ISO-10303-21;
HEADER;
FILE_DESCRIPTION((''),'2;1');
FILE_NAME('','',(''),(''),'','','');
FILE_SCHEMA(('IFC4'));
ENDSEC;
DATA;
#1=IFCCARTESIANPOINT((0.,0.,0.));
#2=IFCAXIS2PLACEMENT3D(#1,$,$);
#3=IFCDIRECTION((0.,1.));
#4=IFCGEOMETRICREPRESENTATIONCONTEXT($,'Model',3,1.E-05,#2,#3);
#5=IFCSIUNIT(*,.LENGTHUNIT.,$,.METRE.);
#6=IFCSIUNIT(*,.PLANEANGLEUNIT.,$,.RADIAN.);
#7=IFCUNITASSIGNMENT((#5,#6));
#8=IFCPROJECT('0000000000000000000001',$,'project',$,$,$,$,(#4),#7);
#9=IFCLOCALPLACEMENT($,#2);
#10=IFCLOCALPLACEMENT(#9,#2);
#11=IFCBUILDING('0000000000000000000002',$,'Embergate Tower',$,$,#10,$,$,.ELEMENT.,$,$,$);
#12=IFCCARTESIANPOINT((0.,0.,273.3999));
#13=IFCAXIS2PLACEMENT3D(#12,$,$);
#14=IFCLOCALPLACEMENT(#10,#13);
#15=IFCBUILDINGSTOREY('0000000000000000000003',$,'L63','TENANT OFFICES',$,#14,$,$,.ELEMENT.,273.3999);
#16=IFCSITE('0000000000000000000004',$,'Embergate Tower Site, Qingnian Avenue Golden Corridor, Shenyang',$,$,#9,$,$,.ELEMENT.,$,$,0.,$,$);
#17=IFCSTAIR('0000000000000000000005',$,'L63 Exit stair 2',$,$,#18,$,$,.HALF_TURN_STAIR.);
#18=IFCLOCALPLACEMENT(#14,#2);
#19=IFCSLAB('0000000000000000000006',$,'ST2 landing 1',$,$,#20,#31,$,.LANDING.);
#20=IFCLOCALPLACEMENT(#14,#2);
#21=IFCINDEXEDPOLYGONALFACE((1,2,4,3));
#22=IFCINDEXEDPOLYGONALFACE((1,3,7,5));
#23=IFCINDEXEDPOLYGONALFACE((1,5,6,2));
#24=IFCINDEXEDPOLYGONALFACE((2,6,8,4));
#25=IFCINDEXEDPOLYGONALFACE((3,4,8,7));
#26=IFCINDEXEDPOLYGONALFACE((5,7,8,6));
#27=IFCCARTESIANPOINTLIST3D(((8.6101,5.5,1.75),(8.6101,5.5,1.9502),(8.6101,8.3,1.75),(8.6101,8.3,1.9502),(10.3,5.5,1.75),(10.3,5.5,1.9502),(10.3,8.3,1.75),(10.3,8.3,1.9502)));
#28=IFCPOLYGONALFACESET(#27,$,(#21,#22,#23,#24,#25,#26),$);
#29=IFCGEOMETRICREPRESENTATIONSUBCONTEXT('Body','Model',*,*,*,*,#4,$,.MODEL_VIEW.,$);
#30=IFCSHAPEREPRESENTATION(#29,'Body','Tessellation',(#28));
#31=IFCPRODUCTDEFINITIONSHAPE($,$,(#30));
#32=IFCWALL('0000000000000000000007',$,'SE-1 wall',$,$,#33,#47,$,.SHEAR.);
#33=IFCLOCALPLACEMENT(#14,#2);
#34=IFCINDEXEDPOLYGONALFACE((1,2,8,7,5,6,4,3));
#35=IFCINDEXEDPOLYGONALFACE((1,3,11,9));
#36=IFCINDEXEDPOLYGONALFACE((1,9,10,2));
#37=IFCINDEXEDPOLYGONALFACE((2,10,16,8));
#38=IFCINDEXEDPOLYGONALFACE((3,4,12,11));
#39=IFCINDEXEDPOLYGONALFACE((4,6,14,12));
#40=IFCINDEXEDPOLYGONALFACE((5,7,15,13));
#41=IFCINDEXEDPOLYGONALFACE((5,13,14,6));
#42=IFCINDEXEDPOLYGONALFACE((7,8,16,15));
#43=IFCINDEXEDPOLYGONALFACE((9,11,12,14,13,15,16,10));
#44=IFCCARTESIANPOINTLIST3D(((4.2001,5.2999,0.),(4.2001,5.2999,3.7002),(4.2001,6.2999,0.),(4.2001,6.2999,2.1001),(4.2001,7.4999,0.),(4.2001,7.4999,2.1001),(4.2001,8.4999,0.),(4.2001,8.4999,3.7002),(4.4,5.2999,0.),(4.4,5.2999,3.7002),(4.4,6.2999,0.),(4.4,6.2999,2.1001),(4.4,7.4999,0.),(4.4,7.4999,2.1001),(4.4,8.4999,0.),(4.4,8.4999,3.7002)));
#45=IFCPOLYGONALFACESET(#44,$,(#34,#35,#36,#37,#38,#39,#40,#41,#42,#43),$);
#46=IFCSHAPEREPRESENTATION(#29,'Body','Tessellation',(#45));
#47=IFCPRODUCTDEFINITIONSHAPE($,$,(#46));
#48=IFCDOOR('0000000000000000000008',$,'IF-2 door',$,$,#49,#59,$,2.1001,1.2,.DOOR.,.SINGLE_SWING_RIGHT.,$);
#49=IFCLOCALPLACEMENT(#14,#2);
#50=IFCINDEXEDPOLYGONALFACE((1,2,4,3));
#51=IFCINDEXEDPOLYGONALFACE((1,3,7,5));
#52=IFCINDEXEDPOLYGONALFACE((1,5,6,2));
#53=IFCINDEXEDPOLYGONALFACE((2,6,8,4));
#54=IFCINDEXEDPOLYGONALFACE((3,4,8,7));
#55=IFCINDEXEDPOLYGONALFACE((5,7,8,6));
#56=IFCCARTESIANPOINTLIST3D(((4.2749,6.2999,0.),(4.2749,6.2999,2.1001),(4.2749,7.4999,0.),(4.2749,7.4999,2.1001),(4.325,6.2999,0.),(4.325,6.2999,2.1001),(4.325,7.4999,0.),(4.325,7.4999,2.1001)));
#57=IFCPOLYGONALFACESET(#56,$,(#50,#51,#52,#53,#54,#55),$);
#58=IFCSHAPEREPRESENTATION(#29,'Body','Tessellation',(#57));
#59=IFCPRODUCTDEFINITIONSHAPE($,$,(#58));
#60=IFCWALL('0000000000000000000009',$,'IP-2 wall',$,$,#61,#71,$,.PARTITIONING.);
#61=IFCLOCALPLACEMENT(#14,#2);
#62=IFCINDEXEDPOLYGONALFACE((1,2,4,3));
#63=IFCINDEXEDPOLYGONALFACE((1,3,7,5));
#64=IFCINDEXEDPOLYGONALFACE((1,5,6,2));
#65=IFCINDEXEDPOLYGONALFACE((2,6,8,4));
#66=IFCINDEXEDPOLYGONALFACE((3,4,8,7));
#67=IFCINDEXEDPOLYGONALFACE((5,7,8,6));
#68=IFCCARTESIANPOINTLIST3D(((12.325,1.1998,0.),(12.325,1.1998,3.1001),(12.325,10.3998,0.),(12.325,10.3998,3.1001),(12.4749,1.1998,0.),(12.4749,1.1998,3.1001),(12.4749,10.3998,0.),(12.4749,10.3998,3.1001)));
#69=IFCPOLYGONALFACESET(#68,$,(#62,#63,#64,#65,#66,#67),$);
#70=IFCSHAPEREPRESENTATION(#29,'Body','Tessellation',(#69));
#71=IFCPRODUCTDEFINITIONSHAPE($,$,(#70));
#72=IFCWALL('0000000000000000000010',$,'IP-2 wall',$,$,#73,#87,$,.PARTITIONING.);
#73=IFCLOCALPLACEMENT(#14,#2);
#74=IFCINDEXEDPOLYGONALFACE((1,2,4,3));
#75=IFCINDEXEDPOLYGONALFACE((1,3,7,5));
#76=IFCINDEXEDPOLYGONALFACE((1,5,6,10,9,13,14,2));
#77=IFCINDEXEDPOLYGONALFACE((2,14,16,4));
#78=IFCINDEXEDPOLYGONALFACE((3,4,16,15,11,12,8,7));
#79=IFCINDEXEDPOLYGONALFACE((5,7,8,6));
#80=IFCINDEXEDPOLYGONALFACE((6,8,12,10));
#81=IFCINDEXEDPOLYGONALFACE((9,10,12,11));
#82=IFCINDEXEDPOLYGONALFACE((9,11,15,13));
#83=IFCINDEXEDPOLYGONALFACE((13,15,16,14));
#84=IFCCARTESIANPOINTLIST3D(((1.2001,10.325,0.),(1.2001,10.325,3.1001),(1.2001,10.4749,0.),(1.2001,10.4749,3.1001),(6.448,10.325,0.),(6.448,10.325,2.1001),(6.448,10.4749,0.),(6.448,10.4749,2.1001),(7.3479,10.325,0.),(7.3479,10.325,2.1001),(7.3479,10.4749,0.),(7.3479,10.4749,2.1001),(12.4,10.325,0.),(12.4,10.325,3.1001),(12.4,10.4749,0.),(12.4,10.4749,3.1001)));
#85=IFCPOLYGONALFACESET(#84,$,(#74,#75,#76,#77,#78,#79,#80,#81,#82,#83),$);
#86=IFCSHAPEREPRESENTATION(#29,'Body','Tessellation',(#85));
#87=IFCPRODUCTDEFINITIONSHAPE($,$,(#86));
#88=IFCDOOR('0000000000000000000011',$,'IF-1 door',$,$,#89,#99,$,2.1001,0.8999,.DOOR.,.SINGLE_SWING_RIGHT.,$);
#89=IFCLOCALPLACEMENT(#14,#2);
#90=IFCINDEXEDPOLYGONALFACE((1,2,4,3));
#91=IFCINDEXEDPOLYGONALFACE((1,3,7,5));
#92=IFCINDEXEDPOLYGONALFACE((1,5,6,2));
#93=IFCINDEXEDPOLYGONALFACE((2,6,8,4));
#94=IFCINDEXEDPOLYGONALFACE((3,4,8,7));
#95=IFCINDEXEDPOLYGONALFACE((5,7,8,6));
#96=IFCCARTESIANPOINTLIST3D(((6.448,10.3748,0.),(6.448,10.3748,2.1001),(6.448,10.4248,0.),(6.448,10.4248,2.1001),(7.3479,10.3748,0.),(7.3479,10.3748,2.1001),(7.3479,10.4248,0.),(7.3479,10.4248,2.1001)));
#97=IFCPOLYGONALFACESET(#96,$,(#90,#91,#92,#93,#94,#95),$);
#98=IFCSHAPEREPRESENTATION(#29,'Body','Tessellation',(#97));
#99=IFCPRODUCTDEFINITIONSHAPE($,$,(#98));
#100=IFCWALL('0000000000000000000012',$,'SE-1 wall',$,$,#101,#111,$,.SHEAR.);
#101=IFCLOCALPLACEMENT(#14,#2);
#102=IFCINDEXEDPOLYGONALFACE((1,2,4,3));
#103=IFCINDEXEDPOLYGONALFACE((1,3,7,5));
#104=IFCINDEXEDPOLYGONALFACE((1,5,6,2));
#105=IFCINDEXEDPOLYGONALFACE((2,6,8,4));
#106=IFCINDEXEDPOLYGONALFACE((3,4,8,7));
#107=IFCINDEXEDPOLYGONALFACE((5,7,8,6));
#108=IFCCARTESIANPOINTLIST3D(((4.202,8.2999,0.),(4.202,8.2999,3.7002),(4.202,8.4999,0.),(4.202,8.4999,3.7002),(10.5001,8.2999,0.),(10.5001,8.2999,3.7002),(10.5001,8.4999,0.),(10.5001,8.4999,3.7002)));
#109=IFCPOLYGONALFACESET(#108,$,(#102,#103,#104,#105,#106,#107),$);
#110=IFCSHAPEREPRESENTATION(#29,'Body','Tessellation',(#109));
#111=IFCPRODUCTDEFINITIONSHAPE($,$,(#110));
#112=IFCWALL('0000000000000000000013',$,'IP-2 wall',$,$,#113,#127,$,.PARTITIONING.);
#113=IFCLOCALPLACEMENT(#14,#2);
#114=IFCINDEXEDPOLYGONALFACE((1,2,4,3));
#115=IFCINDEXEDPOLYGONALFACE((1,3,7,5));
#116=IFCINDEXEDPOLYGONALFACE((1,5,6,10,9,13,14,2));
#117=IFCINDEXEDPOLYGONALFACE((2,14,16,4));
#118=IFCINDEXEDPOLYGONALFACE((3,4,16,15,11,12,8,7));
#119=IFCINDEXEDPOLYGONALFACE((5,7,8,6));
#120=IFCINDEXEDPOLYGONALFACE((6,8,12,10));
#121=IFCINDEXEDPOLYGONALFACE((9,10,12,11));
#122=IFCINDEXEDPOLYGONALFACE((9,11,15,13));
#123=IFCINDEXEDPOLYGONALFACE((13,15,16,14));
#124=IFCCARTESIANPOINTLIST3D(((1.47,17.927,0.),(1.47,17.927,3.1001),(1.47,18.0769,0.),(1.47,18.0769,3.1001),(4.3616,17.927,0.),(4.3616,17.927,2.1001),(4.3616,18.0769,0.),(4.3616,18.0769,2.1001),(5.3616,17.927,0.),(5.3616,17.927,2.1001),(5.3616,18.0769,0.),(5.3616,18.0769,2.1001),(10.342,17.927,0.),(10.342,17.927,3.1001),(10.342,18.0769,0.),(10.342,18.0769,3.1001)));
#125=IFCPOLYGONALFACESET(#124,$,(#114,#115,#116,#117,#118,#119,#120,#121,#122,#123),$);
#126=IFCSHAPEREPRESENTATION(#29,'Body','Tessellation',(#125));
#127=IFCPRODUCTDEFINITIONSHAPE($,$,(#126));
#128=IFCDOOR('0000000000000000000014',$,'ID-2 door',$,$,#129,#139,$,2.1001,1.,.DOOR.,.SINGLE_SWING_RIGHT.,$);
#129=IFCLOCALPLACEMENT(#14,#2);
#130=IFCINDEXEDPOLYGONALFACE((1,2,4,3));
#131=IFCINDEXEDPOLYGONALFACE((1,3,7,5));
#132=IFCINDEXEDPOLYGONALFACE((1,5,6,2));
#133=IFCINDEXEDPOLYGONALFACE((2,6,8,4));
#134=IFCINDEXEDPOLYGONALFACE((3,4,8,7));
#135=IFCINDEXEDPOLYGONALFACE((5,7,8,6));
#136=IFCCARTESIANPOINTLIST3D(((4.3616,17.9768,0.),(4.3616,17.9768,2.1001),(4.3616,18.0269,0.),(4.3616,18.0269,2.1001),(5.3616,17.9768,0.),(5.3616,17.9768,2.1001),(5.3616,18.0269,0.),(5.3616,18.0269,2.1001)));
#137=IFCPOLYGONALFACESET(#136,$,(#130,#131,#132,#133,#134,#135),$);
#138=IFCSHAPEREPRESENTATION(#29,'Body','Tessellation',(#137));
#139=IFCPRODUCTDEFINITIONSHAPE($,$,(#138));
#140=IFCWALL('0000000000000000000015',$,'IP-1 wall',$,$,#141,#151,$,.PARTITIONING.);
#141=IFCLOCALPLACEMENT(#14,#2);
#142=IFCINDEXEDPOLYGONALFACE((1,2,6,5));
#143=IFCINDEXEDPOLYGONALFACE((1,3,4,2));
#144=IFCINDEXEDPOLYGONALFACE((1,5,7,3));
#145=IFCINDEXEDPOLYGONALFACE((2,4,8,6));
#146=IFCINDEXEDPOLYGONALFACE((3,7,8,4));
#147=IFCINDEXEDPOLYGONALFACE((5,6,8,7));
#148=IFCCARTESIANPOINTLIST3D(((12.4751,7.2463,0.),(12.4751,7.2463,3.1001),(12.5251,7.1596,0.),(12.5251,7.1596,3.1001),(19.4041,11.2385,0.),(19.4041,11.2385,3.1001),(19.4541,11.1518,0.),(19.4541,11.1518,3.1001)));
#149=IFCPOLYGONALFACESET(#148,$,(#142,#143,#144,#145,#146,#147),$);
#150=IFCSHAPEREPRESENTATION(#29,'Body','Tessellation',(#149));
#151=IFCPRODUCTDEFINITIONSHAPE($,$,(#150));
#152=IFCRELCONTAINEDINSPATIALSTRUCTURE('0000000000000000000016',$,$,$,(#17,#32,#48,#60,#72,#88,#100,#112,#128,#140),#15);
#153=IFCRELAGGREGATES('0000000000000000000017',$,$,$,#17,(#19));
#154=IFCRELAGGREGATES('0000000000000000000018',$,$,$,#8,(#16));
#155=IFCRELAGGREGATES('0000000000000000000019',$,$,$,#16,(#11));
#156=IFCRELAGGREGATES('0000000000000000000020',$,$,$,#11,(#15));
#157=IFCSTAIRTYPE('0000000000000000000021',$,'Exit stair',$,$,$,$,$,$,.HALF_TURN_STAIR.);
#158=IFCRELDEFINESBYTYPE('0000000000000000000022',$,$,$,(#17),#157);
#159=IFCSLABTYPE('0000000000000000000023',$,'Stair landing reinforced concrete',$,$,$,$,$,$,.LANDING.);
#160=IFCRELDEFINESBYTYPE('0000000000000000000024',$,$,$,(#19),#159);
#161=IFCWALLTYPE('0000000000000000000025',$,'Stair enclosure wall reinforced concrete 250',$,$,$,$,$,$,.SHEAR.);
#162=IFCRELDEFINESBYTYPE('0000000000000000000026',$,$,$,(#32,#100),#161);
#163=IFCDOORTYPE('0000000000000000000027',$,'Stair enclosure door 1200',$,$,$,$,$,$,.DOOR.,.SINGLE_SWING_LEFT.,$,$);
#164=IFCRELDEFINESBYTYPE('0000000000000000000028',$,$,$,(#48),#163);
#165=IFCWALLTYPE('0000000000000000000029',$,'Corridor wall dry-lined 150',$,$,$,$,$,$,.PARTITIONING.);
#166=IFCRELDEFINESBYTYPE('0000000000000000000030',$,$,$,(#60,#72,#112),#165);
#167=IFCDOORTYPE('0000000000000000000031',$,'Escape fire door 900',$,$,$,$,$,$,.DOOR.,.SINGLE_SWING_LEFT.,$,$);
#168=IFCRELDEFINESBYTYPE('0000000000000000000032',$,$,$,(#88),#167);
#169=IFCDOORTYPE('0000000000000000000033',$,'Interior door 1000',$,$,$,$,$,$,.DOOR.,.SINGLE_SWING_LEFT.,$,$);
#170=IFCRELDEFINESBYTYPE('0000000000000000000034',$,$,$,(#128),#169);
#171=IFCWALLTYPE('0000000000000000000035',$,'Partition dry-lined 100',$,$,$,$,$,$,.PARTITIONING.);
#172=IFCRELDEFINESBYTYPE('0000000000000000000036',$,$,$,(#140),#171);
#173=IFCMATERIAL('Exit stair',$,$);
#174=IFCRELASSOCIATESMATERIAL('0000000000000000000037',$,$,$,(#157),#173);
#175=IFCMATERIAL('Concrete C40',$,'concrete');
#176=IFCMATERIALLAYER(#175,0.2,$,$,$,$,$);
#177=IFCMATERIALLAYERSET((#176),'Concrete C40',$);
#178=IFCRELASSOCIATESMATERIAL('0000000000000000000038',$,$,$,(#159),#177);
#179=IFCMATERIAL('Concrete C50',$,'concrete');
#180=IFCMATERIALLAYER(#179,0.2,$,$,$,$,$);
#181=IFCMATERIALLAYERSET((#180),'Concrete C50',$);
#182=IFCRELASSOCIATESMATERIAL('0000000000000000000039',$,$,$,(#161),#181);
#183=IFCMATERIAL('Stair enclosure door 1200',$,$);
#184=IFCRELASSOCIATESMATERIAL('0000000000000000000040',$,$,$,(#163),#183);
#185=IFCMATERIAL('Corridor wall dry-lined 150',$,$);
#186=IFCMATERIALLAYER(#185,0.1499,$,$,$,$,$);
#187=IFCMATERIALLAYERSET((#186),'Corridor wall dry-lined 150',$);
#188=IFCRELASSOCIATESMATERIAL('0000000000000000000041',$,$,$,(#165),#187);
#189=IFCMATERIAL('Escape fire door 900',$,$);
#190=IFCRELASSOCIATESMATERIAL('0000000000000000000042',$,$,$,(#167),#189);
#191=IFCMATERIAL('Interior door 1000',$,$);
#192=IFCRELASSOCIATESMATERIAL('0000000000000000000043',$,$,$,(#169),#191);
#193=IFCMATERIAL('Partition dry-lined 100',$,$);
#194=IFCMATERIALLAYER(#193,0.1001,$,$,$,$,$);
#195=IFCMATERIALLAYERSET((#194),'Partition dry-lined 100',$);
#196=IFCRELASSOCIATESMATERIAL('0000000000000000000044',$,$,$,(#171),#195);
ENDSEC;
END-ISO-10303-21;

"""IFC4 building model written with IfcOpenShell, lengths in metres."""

from ifc_helpers import new_model, si_unit, direction, frame, frame_2d, origin, place, context, subcontext, project, spatial, polyline, rectangle, outline, extrude, source, transform, mapped, material, layer, layer_set, type_object, element, fill, aggregate, save


model = new_model("IFC4")

# Units and contexts
model_context = context("Model", 3, precision=1e-05, world=origin(), true_north=direction((0.0, 1.0)))
body_context = subcontext(model_context, "Body", "Model", "MODEL_VIEW")
ifc_project = project(units=[si_unit("LENGTHUNIT", "METRE"), si_unit("PLANEANGLEUNIT", "RADIAN")], contexts=[model_context])

# Site, building, storey
site_placement = place(None, origin())
site = spatial("IfcSite", under=ifc_project, at=site_placement, Name="Embergate Tower Site, Qingnian Avenue Golden Corridor, Shenyang", CompositionType="ELEMENT", RefElevation=0.0)
building_placement = place(site_placement, origin())
building = spatial("IfcBuilding", under=site, at=building_placement, Name="Embergate Tower", CompositionType="ELEMENT")
storey_placement = place(building_placement, frame((0.0, 0.0, 273.3999)))
storey = spatial("IfcBuildingStorey", under=building, at=storey_placement, Name="L63", Description="TENANT OFFICES", CompositionType="ELEMENT", Elevation=273.3999)

# Stair, slab
ifc_material_1 = material(Name="Exit stair")
stair_type = type_object("IfcStairType", Name="Exit stair", PredefinedType="HALF_TURN_STAIR", material=ifc_material_1)
stair_placement = place(storey_placement, origin())
stair = element("IfcStair", 1, at=stair_placement, inside=storey, type_object=stair_type, Name="L63 Exit stair 2", PredefinedType="HALF_TURN_STAIR")
ifc_material_2 = material(Name="Concrete C40", Category="concrete")
ifc_layer_1 = layer(ifc_material_2, 0.2)
ifc_layer_set_1 = layer_set([ifc_layer_1], Name="Concrete C40")
slab_type = type_object("IfcSlabType", Name="Stair landing reinforced concrete", PredefinedType="LANDING", material=ifc_layer_set_1)
shared_shape_1 = source(origin(), body_context, "Body", "SweptSolid", [
    extrude(outline(polyline([(0.0, 0.0), (1.6899, 0.0), (1.6899, 2.8), (0.0, 2.8), (0.0, 0.0)])), origin(), (0.0, 0.0, 1.0), 0.2002),
])
slab_placement = place(storey_placement, frame((8.6101, 5.5, 1.75)))
slab = element("IfcSlab", 2, at=slab_placement, type_object=slab_type, Name="ST2 landing 1", PredefinedType="LANDING", context=body_context, shape_type="MappedRepresentation", body=[
    mapped(shared_shape_1, transform((0.0, 0.0, 0.0))),
])

# Wall, opening, door
ifc_material_3 = material(Name="Concrete C50", Category="concrete")
ifc_layer_2 = layer(ifc_material_3, 0.2)
ifc_layer_set_2 = layer_set([ifc_layer_2], Name="Concrete C50")
wall_type_1 = type_object("IfcWallType", Name="Stair enclosure wall reinforced concrete 250", PredefinedType="SHEAR", material=ifc_layer_set_2)
shared_shape_2 = source(origin(), body_context, "Body", "SweptSolid", [
    extrude(rectangle(XDim=3.2, YDim=0.2, at=frame_2d((1.6001, 0.0))), origin(), (0.0, 0.0, 1.0), 3.7002),
])
wall_1_placement = place(storey_placement, frame((4.3, 8.5, 0.0), z_axis=(0.0, 0.0, 1.0), x_axis=(0.0, -1.0, 0.0)))
wall_1 = element("IfcWall", 3, at=wall_1_placement, inside=storey, type_object=wall_type_1, Name="SE-1 wall", PredefinedType="SHEAR", context=body_context, shape_type="MappedRepresentation", body=[
    mapped(shared_shape_2, transform((0.0, 0.0, 0.0))),
])
shared_shape_3 = source(origin(), body_context, "Body", "SweptSolid", [
    extrude(rectangle(XDim=1.2, YDim=2.1001, at=frame_2d((0.6001, 1.05))), frame((0.0, 0.1099, 0.0), z_axis=(0.0, -1.0, 0.0), x_axis=(1.0, 0.0, 0.0)), (0.0, 0.0, 1.0), 0.22),
])
opening_1_placement = place(wall_1_placement, frame((1.0, 0.0, 0.0)))
opening_1 = element("IfcOpeningElement", 4, at=opening_1_placement, cuts=wall_1, PredefinedType="OPENING", context=body_context, shape_type="MappedRepresentation", body=[
    mapped(shared_shape_3, transform((0.0, 0.0, 0.0))),
])
ifc_material_4 = material(Name="Stair enclosure door 1200")
door_type_1 = type_object("IfcDoorType", Name="Stair enclosure door 1200", OperationType="SINGLE_SWING_LEFT", PredefinedType="DOOR", material=ifc_material_4)
shared_shape_4 = source(origin(), body_context, "Body", "SweptSolid", [
    extrude(rectangle(XDim=1.2, YDim=2.1001, at=frame_2d((0.6001, 1.05))), frame((0.0, 0.0249, 0.0), z_axis=(0.0, -1.0, 0.0), x_axis=(1.0, 0.0, 0.0)), (0.0, 0.0, 1.0), 0.05),
])
door_1_placement = place(opening_1_placement, origin())
door_1 = element("IfcDoor", 5, at=door_1_placement, inside=storey, type_object=door_type_1, Name="IF-2 door", OperationType="SINGLE_SWING_RIGHT", OverallHeight=2.1001, OverallWidth=1.2, PredefinedType="DOOR", context=body_context, shape_type="MappedRepresentation", body=[
    mapped(shared_shape_4, transform((0.0, 0.0, 0.0))),
])
fill(opening_1, door_1)

# Wall
ifc_material_5 = material(Name="Corridor wall dry-lined 150")
ifc_layer_3 = layer(ifc_material_5, 0.1499)
ifc_layer_set_3 = layer_set([ifc_layer_3], Name="Corridor wall dry-lined 150")
wall_type_2 = type_object("IfcWallType", Name="Corridor wall dry-lined 150", PredefinedType="PARTITIONING", material=ifc_layer_set_3)
shared_shape_5 = source(origin(), body_context, "Body", "SweptSolid", [
    extrude(rectangle(XDim=9.2, YDim=0.1499, at=frame_2d((4.6001, 0.0))), origin(), (0.0, 0.0, 1.0), 3.1001),
])
wall_2_placement = place(storey_placement, frame((12.3999, 10.3999, 0.0), z_axis=(0.0, 0.0, 1.0), x_axis=(0.0, -1.0, 0.0)))
element("IfcWall", 6, at=wall_2_placement, inside=storey, type_object=wall_type_2, Name="IP-2 wall", PredefinedType="PARTITIONING", context=body_context, shape_type="MappedRepresentation", body=[
    mapped(shared_shape_5, transform((0.0, 0.0, 0.0))),
])

# Wall, opening, door
shared_shape_6 = source(origin(), body_context, "Body", "SweptSolid", [
    extrude(rectangle(XDim=11.2, YDim=0.1499, at=frame_2d((5.6001, 0.0))), origin(), (0.0, 0.0, 1.0), 3.1001),
])
wall_3_placement = place(storey_placement, frame((1.2, 10.3999, 0.0), z_axis=(0.0, 0.0, 1.0), x_axis=(1.0, 0.0, 0.0)))
wall_3 = element("IfcWall", 7, at=wall_3_placement, inside=storey, type_object=wall_type_2, Name="IP-2 wall", PredefinedType="PARTITIONING", context=body_context, shape_type="MappedRepresentation", body=[
    mapped(shared_shape_6, transform((0.0, 0.0, 0.0))),
])
shared_shape_7 = source(origin(), body_context, "Body", "SweptSolid", [
    extrude(rectangle(XDim=0.8999, YDim=2.1001, at=frame_2d((0.45, 1.05))), frame((0.0, 0.085, 0.0), z_axis=(0.0, -1.0, 0.0), x_axis=(1.0, 0.0, 0.0)), (0.0, 0.0, 1.0), 0.1699),
])
opening_2_placement = place(wall_3_placement, frame((5.248, 0.0, 0.0)))
opening_2 = element("IfcOpeningElement", 8, at=opening_2_placement, cuts=wall_3, PredefinedType="OPENING", context=body_context, shape_type="MappedRepresentation", body=[
    mapped(shared_shape_7, transform((0.0, 0.0, 0.0))),
])
ifc_material_6 = material(Name="Escape fire door 900")
door_type_2 = type_object("IfcDoorType", Name="Escape fire door 900", OperationType="SINGLE_SWING_LEFT", PredefinedType="DOOR", material=ifc_material_6)
shared_shape_8 = source(origin(), body_context, "Body", "SweptSolid", [
    extrude(rectangle(XDim=0.8999, YDim=2.1001, at=frame_2d((0.45, 1.05))), frame((0.0, 0.0249, 0.0), z_axis=(0.0, -1.0, 0.0), x_axis=(1.0, 0.0, 0.0)), (0.0, 0.0, 1.0), 0.05),
])
door_2_placement = place(opening_2_placement, origin())
door_2 = element("IfcDoor", 9, at=door_2_placement, inside=storey, type_object=door_type_2, Name="IF-1 door", OperationType="SINGLE_SWING_RIGHT", OverallHeight=2.1001, OverallWidth=0.8999, PredefinedType="DOOR", context=body_context, shape_type="MappedRepresentation", body=[
    mapped(shared_shape_8, transform((0.0, 0.0, 0.0))),
])
fill(opening_2, door_2)

# Wall
shared_shape_9 = source(origin(), body_context, "Body", "SweptSolid", [
    extrude(rectangle(XDim=6.2981, YDim=0.2, at=frame_2d((3.1489, 0.0))), origin(), (0.0, 0.0, 1.0), 3.7002),
])
wall_4_placement = place(storey_placement, frame((10.5, 8.3999, 0.0), z_axis=(0.0, 0.0, 1.0), x_axis=(-1.0, 0.0, 0.0)))
element("IfcWall", 10, at=wall_4_placement, inside=storey, type_object=wall_type_1, Name="SE-1 wall", PredefinedType="SHEAR", context=body_context, shape_type="MappedRepresentation", body=[
    mapped(shared_shape_9, transform((0.0, 0.0, 0.0))),
])

# Wall, opening, door
shared_shape_10 = source(origin(), body_context, "Body", "SweptSolid", [
    extrude(rectangle(XDim=8.8721, YDim=0.1499, at=frame_2d((4.436, 0.0))), origin(), (0.0, 0.0, 1.0), 3.1001),
])
wall_5_placement = place(storey_placement, frame((1.47, 18.002, 0.0), z_axis=(0.0, 0.0, 1.0), x_axis=(1.0, 0.0, 0.0)))
wall_5 = element("IfcWall", 11, at=wall_5_placement, inside=storey, type_object=wall_type_2, Name="IP-2 wall", PredefinedType="PARTITIONING", context=body_context, shape_type="MappedRepresentation", body=[
    mapped(shared_shape_10, transform((0.0, 0.0, 0.0))),
])
shared_shape_11 = source(origin(), body_context, "Body", "SweptSolid", [
    extrude(rectangle(XDim=1.0, YDim=2.1001, at=frame_2d((0.5, 1.05))), frame((0.0, 0.085, 0.0), z_axis=(0.0, -1.0, 0.0), x_axis=(1.0, 0.0, 0.0)), (0.0, 0.0, 1.0), 0.1699),
])
opening_3_placement = place(wall_5_placement, frame((2.8916, 0.0, 0.0)))
opening_3 = element("IfcOpeningElement", 12, at=opening_3_placement, cuts=wall_5, PredefinedType="OPENING", context=body_context, shape_type="MappedRepresentation", body=[
    mapped(shared_shape_11, transform((0.0, 0.0, 0.0))),
])
ifc_material_7 = material(Name="Interior door 1000")
door_type_3 = type_object("IfcDoorType", Name="Interior door 1000", OperationType="SINGLE_SWING_LEFT", PredefinedType="DOOR", material=ifc_material_7)
shared_shape_12 = source(origin(), body_context, "Body", "SweptSolid", [
    extrude(rectangle(XDim=1.0, YDim=2.1001, at=frame_2d((0.5, 1.05))), frame((0.0, 0.0249, 0.0), z_axis=(0.0, -1.0, 0.0), x_axis=(1.0, 0.0, 0.0)), (0.0, 0.0, 1.0), 0.05),
])
door_3_placement = place(opening_3_placement, origin())
door_3 = element("IfcDoor", 13, at=door_3_placement, inside=storey, type_object=door_type_3, Name="ID-2 door", OperationType="SINGLE_SWING_RIGHT", OverallHeight=2.1001, OverallWidth=1.0, PredefinedType="DOOR", context=body_context, shape_type="MappedRepresentation", body=[
    mapped(shared_shape_12, transform((0.0, 0.0, 0.0))),
])
fill(opening_3, door_3)

# Wall
ifc_material_8 = material(Name="Partition dry-lined 100")
ifc_layer_4 = layer(ifc_material_8, 0.1001)
ifc_layer_set_4 = layer_set([ifc_layer_4], Name="Partition dry-lined 100")
wall_type_3 = type_object("IfcWallType", Name="Partition dry-lined 100", PredefinedType="PARTITIONING", material=ifc_layer_set_4)
shared_shape_13 = source(origin(), body_context, "Body", "SweptSolid", [
    extrude(rectangle(XDim=7.9968, YDim=0.1001, at=frame_2d((3.9985, 0.0))), origin(), (0.0, 0.0, 1.0), 3.1001),
])
wall_6_placement = place(storey_placement, frame((12.5, 7.2029, 0.0), z_axis=(0.0, 0.0, 1.0), x_axis=(0.866472, 0.499226, 0.0)))
element("IfcWall", 14, at=wall_6_placement, inside=storey, type_object=wall_type_3, Name="IP-1 wall", PredefinedType="PARTITIONING", context=body_context, shape_type="MappedRepresentation", body=[
    mapped(shared_shape_13, transform((0.0, 0.0, 0.0))),
])

aggregate(stair, [slab])

save(model, "model.ifc")
